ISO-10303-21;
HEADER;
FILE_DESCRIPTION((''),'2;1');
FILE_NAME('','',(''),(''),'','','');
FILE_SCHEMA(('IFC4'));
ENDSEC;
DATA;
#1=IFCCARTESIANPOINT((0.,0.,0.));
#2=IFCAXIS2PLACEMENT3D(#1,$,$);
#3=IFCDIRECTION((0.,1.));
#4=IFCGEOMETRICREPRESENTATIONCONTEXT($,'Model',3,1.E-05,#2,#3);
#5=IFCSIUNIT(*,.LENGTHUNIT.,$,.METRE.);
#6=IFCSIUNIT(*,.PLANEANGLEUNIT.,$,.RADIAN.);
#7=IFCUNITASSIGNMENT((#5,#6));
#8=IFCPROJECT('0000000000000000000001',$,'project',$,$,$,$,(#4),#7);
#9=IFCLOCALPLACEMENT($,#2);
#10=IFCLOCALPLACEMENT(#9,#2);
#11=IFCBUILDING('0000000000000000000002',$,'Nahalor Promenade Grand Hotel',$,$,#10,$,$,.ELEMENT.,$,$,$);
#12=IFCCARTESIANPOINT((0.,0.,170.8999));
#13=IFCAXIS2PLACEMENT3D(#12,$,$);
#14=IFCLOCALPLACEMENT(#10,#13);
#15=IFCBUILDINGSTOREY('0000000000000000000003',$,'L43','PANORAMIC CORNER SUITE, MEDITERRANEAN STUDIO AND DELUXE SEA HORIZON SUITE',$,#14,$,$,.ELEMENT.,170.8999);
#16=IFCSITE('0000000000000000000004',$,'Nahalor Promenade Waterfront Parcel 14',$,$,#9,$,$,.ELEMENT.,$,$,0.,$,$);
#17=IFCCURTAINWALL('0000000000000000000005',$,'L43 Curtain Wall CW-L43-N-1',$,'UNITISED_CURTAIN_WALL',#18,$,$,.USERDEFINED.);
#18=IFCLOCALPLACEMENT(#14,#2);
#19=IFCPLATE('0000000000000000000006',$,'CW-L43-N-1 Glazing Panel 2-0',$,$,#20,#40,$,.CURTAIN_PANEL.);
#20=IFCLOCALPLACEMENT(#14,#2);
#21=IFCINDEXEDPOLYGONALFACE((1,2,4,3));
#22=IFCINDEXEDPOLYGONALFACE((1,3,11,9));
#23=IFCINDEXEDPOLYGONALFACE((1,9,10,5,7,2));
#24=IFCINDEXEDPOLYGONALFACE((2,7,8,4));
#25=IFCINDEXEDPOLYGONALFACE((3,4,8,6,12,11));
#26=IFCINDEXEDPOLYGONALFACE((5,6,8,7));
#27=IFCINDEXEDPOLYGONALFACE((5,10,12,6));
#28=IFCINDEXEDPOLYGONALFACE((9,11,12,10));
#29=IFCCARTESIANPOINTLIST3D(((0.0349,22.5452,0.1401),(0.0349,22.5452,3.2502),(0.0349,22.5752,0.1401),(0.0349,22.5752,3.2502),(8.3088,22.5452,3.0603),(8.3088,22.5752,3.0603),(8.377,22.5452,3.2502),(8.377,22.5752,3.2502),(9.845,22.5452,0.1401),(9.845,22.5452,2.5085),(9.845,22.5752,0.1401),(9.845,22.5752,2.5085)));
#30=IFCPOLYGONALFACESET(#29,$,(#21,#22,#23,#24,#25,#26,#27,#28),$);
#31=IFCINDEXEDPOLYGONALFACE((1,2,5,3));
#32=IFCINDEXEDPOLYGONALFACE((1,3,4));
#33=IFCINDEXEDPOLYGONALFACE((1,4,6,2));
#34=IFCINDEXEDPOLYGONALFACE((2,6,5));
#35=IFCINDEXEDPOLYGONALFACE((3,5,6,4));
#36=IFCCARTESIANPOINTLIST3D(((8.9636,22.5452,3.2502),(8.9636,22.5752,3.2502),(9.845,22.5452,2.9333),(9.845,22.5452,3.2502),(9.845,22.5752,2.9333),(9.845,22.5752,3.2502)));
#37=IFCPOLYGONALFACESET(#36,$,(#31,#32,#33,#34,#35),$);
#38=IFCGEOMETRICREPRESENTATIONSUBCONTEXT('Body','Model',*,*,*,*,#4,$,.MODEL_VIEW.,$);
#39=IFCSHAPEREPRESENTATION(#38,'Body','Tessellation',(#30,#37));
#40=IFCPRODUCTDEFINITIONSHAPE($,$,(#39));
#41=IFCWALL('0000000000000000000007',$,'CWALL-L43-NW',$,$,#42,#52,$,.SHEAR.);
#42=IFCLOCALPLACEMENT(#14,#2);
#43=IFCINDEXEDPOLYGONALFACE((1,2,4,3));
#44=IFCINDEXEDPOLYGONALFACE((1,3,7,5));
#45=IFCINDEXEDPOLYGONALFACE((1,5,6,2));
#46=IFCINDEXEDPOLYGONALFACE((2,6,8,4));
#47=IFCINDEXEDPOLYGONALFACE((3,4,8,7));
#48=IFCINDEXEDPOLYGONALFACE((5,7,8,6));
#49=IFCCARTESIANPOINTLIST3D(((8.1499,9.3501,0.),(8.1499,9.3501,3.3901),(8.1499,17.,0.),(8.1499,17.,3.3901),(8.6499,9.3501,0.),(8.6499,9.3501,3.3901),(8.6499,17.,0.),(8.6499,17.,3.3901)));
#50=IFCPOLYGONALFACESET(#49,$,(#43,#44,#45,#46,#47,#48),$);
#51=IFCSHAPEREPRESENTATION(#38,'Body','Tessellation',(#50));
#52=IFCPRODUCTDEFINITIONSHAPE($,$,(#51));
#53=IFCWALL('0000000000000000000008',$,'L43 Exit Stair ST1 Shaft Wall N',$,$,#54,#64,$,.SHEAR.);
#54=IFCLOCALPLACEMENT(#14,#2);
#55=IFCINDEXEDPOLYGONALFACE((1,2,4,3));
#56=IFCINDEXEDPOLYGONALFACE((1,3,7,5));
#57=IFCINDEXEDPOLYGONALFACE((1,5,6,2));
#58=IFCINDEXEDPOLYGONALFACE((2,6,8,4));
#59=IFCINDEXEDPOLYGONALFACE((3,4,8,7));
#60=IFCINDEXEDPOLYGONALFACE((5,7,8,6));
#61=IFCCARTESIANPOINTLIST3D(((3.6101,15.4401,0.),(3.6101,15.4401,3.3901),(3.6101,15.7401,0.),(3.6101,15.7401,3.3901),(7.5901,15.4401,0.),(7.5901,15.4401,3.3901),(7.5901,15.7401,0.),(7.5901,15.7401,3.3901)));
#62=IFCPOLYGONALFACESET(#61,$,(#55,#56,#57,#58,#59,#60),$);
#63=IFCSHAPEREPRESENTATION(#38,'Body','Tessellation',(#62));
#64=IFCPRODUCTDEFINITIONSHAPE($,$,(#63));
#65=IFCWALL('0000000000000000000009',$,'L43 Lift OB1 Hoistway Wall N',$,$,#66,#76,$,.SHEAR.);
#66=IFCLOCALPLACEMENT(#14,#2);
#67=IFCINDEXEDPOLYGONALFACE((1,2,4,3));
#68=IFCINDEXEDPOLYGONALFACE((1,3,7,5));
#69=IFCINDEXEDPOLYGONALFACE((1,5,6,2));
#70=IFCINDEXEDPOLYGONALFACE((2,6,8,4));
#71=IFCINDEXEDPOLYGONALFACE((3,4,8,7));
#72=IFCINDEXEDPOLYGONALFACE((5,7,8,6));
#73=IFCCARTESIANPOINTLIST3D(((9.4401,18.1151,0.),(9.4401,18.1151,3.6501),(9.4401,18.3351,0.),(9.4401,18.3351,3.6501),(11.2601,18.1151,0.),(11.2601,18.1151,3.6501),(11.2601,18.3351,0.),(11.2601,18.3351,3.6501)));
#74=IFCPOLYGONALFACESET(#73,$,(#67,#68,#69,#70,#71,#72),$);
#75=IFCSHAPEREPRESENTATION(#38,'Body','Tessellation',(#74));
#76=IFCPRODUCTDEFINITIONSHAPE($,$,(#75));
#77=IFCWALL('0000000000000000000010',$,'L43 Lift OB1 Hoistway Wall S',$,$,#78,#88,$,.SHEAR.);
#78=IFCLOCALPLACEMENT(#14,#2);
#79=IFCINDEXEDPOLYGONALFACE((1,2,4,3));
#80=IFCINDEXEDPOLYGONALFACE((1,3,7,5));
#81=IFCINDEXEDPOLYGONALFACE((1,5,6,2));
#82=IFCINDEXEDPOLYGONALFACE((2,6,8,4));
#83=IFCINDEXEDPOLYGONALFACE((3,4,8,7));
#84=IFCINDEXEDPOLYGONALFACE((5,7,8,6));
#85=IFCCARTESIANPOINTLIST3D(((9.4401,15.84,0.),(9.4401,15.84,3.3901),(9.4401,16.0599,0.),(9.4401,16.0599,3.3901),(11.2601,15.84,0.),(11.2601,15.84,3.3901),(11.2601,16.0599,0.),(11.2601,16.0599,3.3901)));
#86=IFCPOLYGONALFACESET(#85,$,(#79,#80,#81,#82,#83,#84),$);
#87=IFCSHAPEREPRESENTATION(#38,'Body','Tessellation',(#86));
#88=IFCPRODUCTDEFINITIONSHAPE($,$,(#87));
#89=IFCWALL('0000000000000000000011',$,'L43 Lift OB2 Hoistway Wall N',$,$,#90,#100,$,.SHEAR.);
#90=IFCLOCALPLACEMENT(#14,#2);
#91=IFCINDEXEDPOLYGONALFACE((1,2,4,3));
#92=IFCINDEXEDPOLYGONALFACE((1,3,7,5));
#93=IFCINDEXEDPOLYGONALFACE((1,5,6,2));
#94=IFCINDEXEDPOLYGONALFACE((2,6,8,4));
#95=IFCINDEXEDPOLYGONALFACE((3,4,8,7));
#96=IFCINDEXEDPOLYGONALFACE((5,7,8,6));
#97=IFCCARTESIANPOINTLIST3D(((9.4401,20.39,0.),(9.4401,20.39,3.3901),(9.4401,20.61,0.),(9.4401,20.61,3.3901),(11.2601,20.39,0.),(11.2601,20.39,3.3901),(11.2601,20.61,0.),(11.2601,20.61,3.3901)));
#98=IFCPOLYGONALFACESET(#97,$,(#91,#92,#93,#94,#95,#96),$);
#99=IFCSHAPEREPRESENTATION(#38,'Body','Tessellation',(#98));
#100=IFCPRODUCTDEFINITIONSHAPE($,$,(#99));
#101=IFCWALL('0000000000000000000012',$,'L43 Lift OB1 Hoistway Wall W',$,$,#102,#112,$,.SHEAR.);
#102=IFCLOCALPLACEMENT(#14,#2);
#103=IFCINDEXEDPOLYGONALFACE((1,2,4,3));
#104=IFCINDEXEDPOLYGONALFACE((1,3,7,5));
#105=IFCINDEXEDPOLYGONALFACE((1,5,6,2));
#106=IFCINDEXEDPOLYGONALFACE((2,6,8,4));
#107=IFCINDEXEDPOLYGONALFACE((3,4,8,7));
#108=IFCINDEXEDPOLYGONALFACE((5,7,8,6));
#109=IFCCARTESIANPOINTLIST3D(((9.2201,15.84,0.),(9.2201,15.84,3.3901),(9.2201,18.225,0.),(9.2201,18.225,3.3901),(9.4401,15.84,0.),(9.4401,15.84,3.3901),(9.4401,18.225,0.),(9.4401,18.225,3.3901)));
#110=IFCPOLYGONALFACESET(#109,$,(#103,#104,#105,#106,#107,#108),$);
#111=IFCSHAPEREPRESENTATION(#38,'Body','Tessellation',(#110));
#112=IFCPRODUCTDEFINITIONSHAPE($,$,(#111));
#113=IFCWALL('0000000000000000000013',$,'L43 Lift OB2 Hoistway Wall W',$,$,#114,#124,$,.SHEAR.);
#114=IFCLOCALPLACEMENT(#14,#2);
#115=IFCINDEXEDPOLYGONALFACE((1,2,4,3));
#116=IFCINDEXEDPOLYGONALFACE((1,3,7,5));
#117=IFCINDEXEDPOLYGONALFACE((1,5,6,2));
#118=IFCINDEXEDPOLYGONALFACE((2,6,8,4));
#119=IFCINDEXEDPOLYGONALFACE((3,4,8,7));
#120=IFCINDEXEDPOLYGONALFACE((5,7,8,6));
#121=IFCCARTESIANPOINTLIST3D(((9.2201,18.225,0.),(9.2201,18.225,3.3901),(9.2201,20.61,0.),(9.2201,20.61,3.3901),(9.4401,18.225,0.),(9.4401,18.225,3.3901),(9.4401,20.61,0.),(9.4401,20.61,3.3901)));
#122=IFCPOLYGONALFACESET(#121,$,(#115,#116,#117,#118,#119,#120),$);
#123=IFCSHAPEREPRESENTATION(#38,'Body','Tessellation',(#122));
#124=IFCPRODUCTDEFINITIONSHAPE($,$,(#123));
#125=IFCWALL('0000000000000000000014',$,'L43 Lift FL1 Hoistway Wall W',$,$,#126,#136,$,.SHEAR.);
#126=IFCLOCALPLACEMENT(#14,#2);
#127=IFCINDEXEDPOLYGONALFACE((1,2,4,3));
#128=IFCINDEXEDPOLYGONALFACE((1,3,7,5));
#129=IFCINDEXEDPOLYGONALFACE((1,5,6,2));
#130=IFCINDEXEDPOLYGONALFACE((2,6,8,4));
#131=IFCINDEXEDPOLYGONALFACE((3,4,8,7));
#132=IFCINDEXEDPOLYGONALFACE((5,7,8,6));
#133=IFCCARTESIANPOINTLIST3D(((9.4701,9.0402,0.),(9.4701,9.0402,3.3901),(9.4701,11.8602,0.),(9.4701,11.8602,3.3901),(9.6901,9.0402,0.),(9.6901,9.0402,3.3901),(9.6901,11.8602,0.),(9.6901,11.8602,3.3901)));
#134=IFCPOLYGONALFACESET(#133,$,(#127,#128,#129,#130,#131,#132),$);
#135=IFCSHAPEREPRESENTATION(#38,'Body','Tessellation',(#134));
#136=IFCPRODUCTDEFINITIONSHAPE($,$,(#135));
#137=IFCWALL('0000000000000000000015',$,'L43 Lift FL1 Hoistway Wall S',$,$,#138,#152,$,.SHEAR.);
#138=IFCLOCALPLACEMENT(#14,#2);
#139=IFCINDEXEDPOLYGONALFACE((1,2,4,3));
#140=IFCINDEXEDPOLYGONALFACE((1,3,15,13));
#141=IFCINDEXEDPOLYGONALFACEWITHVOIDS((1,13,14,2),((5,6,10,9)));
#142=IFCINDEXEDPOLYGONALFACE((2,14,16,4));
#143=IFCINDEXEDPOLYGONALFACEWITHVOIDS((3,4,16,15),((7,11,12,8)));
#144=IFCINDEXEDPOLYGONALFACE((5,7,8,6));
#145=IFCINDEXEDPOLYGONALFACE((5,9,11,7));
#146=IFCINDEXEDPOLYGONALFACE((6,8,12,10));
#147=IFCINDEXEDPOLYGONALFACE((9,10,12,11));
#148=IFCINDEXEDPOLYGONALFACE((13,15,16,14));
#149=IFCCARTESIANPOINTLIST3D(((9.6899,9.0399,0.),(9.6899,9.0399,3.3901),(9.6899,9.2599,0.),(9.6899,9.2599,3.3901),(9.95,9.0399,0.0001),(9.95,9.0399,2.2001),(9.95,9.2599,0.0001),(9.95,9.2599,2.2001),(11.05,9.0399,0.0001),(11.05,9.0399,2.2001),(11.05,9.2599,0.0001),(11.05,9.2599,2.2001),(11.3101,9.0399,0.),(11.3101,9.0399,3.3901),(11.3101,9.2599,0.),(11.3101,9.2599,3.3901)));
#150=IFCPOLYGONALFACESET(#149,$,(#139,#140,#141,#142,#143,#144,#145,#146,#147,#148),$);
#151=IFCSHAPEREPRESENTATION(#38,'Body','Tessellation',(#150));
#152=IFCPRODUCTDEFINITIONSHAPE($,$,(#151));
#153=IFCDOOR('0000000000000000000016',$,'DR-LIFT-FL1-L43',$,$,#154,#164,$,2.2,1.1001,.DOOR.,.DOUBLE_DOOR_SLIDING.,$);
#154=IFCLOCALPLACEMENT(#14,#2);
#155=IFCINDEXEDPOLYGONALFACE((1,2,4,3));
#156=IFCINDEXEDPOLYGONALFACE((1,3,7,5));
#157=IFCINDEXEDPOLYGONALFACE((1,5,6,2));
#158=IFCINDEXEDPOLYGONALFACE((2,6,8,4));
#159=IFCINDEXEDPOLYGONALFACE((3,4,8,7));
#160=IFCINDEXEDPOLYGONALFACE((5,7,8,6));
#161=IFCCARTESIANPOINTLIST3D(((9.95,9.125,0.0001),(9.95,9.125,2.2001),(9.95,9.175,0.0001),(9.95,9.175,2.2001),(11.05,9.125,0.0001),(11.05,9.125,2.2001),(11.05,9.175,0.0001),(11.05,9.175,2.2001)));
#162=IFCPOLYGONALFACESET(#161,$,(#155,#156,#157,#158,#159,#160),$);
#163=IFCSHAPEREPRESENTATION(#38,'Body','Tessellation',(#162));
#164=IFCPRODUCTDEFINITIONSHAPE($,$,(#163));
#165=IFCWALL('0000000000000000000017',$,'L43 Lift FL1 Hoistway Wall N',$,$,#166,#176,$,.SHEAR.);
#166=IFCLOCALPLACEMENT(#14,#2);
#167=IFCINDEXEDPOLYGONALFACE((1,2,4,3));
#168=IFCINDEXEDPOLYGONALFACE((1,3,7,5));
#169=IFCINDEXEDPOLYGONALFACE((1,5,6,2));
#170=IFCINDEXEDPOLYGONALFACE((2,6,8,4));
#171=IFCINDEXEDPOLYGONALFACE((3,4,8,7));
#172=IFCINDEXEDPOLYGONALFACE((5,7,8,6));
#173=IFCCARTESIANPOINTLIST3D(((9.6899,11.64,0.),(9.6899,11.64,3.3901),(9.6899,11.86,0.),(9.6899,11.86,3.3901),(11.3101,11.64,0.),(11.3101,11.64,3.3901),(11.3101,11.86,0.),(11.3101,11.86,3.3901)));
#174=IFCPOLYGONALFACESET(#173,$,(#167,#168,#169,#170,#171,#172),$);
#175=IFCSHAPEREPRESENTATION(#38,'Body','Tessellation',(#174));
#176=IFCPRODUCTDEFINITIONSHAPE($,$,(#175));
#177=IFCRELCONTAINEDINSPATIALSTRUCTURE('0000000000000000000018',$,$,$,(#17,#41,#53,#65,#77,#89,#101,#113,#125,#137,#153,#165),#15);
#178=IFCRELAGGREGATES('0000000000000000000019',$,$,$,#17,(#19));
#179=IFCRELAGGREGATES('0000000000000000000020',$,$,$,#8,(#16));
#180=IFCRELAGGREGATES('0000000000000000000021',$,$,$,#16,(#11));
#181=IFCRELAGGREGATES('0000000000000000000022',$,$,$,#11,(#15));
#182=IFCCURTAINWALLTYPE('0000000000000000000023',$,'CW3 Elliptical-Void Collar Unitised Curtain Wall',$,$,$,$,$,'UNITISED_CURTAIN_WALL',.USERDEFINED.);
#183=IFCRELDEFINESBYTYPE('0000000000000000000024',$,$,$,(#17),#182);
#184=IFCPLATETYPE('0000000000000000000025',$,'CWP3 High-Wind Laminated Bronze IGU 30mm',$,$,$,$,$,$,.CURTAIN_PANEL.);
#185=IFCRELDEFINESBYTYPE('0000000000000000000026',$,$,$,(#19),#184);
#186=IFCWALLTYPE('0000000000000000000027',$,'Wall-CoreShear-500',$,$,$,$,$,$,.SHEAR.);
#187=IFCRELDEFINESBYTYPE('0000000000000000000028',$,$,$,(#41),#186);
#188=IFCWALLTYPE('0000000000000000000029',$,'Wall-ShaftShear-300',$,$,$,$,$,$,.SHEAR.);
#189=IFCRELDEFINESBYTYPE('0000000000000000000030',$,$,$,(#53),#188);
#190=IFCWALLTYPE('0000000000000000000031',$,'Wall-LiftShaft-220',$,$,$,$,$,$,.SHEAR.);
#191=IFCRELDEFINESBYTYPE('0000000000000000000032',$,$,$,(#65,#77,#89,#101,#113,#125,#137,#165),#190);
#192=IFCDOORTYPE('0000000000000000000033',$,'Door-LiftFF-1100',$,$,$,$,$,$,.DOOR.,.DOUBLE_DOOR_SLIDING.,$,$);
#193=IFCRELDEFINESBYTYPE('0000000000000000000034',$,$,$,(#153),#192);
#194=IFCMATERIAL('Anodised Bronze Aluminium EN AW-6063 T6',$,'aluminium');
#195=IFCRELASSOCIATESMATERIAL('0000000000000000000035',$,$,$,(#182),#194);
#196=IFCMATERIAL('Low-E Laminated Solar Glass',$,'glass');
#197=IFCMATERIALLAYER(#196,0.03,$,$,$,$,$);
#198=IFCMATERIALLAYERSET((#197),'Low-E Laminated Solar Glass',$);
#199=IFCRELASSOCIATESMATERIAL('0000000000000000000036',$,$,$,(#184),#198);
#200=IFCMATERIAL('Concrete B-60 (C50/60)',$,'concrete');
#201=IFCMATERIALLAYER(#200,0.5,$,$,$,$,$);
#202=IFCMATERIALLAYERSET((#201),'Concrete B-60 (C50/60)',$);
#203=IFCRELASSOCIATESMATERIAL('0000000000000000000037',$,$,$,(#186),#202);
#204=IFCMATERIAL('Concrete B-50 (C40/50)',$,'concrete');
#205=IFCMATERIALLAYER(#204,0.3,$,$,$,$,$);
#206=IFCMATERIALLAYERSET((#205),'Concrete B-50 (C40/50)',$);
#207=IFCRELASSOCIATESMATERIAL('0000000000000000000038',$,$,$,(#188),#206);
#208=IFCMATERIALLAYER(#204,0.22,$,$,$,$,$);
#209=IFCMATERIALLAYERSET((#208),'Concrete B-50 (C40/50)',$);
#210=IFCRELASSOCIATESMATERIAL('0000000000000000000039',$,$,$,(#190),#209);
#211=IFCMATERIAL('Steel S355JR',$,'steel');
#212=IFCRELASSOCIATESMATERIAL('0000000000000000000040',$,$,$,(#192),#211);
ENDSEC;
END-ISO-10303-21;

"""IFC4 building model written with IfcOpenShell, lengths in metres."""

from ifc_helpers import new_model, si_unit, direction, frame, frame_2d, origin, place, context, subcontext, project, spatial, polyline, rectangle, outline, extrude, source, transform, mapped, material, layer, layer_set, type_object, element, fill, aggregate, save


model = new_model("IFC4")

# Units and contexts
model_context = context("Model", 3, precision=1e-05, world=origin(), true_north=direction((0.0, 1.0)))
body_context = subcontext(model_context, "Body", "Model", "MODEL_VIEW")
ifc_project = project(units=[si_unit("LENGTHUNIT", "METRE"), si_unit("PLANEANGLEUNIT", "RADIAN")], contexts=[model_context])

# Site, building, storey
site_placement = place(None, origin())
site = spatial("IfcSite", under=ifc_project, at=site_placement, Name="Nahalor Promenade Waterfront Parcel 14", CompositionType="ELEMENT", RefElevation=0.0)
building_placement = place(site_placement, origin())
building = spatial("IfcBuilding", under=site, at=building_placement, Name="Nahalor Promenade Grand Hotel", CompositionType="ELEMENT")
storey_placement = place(building_placement, frame((0.0, 0.0, 170.8999)))
storey = spatial("IfcBuildingStorey", under=building, at=storey_placement, Name="L43", Description="PANORAMIC CORNER SUITE, MEDITERRANEAN STUDIO AND DELUXE SEA HORIZON SUITE", CompositionType="ELEMENT", Elevation=170.8999)

# Shared definitions
ifc_material_1 = material(Name="Concrete B-60 (C50/60)", Category="concrete")

# Shared definitions
ifc_material_2 = material(Name="Steel S355JR", Category="steel")

# Curtain wall, plate
ifc_material_3 = material(Name="Anodised Bronze Aluminium EN AW-6063 T6", Category="aluminium")
curtain_wall_type = type_object("IfcCurtainWallType", Name="CW3 Elliptical-Void Collar Unitised Curtain Wall", ElementType="UNITISED_CURTAIN_WALL", PredefinedType="USERDEFINED", material=ifc_material_3)
curtain_wall_placement = place(storey_placement, origin())
curtain_wall = element("IfcCurtainWall", 1, at=curtain_wall_placement, inside=storey, type_object=curtain_wall_type, Name="L43 Curtain Wall CW-L43-N-1", ObjectType="UNITISED_CURTAIN_WALL", PredefinedType="USERDEFINED")
ifc_material_4 = material(Name="Low-E Laminated Solar Glass", Category="glass")
ifc_layer_1 = layer(ifc_material_4, 0.03)
ifc_layer_set_1 = layer_set([ifc_layer_1], Name="Low-E Laminated Solar Glass")
plate_type = type_object("IfcPlateType", Name="CWP3 High-Wind Laminated Bronze IGU 30mm", PredefinedType="CURTAIN_PANEL", material=ifc_layer_set_1)
plate_placement = place(storey_placement, frame((4.9399, 22.5601, 0.1401), z_axis=(0.0, 0.0, 1.0), x_axis=(1.0, 0.0, 0.0)))
plate = element("IfcPlate", 2, at=plate_placement, type_object=plate_type, Name="CW-L43-N-1 Glazing Panel 2-0", PredefinedType="CURTAIN_PANEL", context=body_context, shape_type="SweptSolid", body=[
    extrude(outline(polyline([(-4.905, 0.0), (4.905, 0.0), (4.905, 2.3684), (3.3689, 2.9202), (3.437, 3.1101), (-4.905, 3.1101), (-4.905, 0.0)])), frame((0.0, 0.0151, 0.0), z_axis=(0.0, -1.0, 0.0), x_axis=(1.0, 0.0, 0.0)), (0.0, 0.0, 1.0), 0.03),
    extrude(outline(polyline([(4.905, 2.7932), (4.905, 3.1101), (4.0237, 3.1101), (4.905, 2.7932)])), frame((0.0, 0.0151, 0.0), z_axis=(0.0, -1.0, 0.0), x_axis=(1.0, 0.0, 0.0)), (0.0, 0.0, 1.0), 0.03),
])
aggregate(curtain_wall, [plate])

# Walls
ifc_layer_2 = layer(ifc_material_1, 0.5)
ifc_layer_set_2 = layer_set([ifc_layer_2], Name="Concrete B-60 (C50/60)")
wall_type_1 = type_object("IfcWallType", Name="Wall-CoreShear-500", PredefinedType="SHEAR", material=ifc_layer_set_2)
shared_shape_1 = source(origin(), body_context, "Body", "SweptSolid", [
    extrude(rectangle(XDim=7.6499, YDim=0.5, at=frame_2d((3.825, 0.0))), origin(), (0.0, 0.0, 1.0), 3.3901),
])
wall_1_placement = place(storey_placement, frame((8.3999, 9.3501, 0.0), z_axis=(0.0, 0.0, 1.0), x_axis=(0.0, 1.0, 0.0)))
element("IfcWall", 3, at=wall_1_placement, inside=storey, type_object=wall_type_1, Name="CWALL-L43-NW", PredefinedType="SHEAR", context=body_context, shape_type="MappedRepresentation", body=[
    mapped(shared_shape_1, transform((0.0, 0.0, 0.0), scale=1.0)),
])
ifc_material_5 = material(Name="Concrete B-50 (C40/50)", Category="concrete")
ifc_layer_3 = layer(ifc_material_5, 0.3)
ifc_layer_set_3 = layer_set([ifc_layer_3], Name="Concrete B-50 (C40/50)")
wall_type_2 = type_object("IfcWallType", Name="Wall-ShaftShear-300", PredefinedType="SHEAR", material=ifc_layer_set_3)
shared_shape_2 = source(origin(), body_context, "Body", "SweptSolid", [
    extrude(rectangle(XDim=3.98, YDim=0.3, at=frame_2d((1.99, 0.0))), origin(), (0.0, 0.0, 1.0), 3.3901),
])
wall_2_placement = place(storey_placement, frame((3.6101, 15.5901, 0.0), z_axis=(0.0, 0.0, 1.0), x_axis=(1.0, 0.0, 0.0)))
element("IfcWall", 4, at=wall_2_placement, inside=storey, type_object=wall_type_2, Name="L43 Exit Stair ST1 Shaft Wall N", PredefinedType="SHEAR", context=body_context, shape_type="MappedRepresentation", body=[
    mapped(shared_shape_2, transform((0.0, 0.0, 0.0), scale=1.0)),
])
ifc_layer_4 = layer(ifc_material_5, 0.22)
ifc_layer_set_4 = layer_set([ifc_layer_4], Name="Concrete B-50 (C40/50)")
wall_type_3 = type_object("IfcWallType", Name="Wall-LiftShaft-220", PredefinedType="SHEAR", material=ifc_layer_set_4)
shared_shape_3 = source(origin(), body_context, "Body", "SweptSolid", [
    extrude(rectangle(XDim=1.8201, YDim=0.22, at=frame_2d((0.9102, 0.0))), origin(), (0.0, 0.0, 1.0), 3.6501),
])
wall_3_placement = place(storey_placement, frame((9.4399, 18.2251, 0.0), z_axis=(0.0, 0.0, 1.0), x_axis=(1.0, 0.0, 0.0)))
element("IfcWall", 5, at=wall_3_placement, inside=storey, type_object=wall_type_3, Name="L43 Lift OB1 Hoistway Wall N", PredefinedType="SHEAR", context=body_context, shape_type="MappedRepresentation", body=[
    mapped(shared_shape_3, transform((0.0, 0.0, 0.0), scale=1.0)),
])
shared_shape_4 = source(origin(), body_context, "Body", "SweptSolid", [
    extrude(rectangle(XDim=1.8201, YDim=0.22, at=frame_2d((0.9102, 0.0))), origin(), (0.0, 0.0, 1.0), 3.3901),
])
for number, where, z_axis, x_axis, name in (
    (6, (9.4399, 15.95, 0.0), (0.0, 0.0, 1.0), (1.0, 0.0, 0.0), "L43 Lift OB1 Hoistway Wall S"),
    (7, (9.4399, 20.5, 0.0), (0.0, 0.0, 1.0), (1.0, 0.0, 0.0), "L43 Lift OB2 Hoistway Wall N"),
):
    element("IfcWall", number, at=place(storey_placement, frame(where, z_axis=z_axis, x_axis=x_axis)), inside=storey, type_object=wall_type_3, Name=name, PredefinedType="SHEAR", context=body_context, shape_type="MappedRepresentation", body=[
        mapped(shared_shape_4, transform((0.0, 0.0, 0.0), scale=1.0)),
    ])
shared_shape_5 = source(origin(), body_context, "Body", "SweptSolid", [
    extrude(rectangle(XDim=2.385, YDim=0.22, at=frame_2d((1.1924, 0.0))), origin(), (0.0, 0.0, 1.0), 3.3901),
])
for number, where, z_axis, x_axis, name in (
    (8, (9.3301, 15.8401, 0.0), (0.0, 0.0, 1.0), (0.0, 1.0, 0.0), "L43 Lift OB1 Hoistway Wall W"),
    (9, (9.3301, 18.2251, 0.0), (0.0, 0.0, 1.0), (0.0, 1.0, 0.0), "L43 Lift OB2 Hoistway Wall W"),
):
    element("IfcWall", number, at=place(storey_placement, frame(where, z_axis=z_axis, x_axis=x_axis)), inside=storey, type_object=wall_type_3, Name=name, PredefinedType="SHEAR", context=body_context, shape_type="MappedRepresentation", body=[
        mapped(shared_shape_5, transform((0.0, 0.0, 0.0), scale=1.0)),
    ])
shared_shape_6 = source(origin(), body_context, "Body", "SweptSolid", [
    extrude(rectangle(XDim=2.8201, YDim=0.22, at=frame_2d((1.4102, 0.0))), origin(), (0.0, 0.0, 1.0), 3.3901),
])
wall_4_placement = place(storey_placement, frame((9.5801, 9.04, 0.0), z_axis=(0.0, 0.0, 1.0), x_axis=(0.0, 1.0, 0.0)))
element("IfcWall", 10, at=wall_4_placement, inside=storey, type_object=wall_type_3, Name="L43 Lift FL1 Hoistway Wall W", PredefinedType="SHEAR", context=body_context, shape_type="MappedRepresentation", body=[
    mapped(shared_shape_6, transform((0.0, 0.0, 0.0), scale=1.0)),
])

# Wall, opening, door
shared_shape_7 = source(origin(), body_context, "Body", "SweptSolid", [
    extrude(rectangle(XDim=1.6201, YDim=0.22, at=frame_2d((0.8101, 0.0))), origin(), (0.0, 0.0, 1.0), 3.3901),
])
wall_5_placement = place(storey_placement, frame((9.6899, 9.1499, 0.0), z_axis=(0.0, 0.0, 1.0), x_axis=(1.0, 0.0, 0.0)))
wall_5 = element("IfcWall", 11, at=wall_5_placement, inside=storey, type_object=wall_type_3, Name="L43 Lift FL1 Hoistway Wall S", PredefinedType="SHEAR", context=body_context, shape_type="MappedRepresentation", body=[
    mapped(shared_shape_7, transform((0.0, 0.0, 0.0), scale=1.0)),
])
opening_1_placement = place(wall_5_placement, frame((0.26, 0.0, 0.0)))
opening_1 = element("IfcOpeningElement", 12, at=opening_1_placement, cuts=wall_5, PredefinedType="OPENING", context=body_context, shape_type="SweptSolid", body=[
    extrude(rectangle(XDim=1.1001, YDim=2.2, at=frame_2d((0.55, 1.1001))), frame((0.0, 0.1199, 0.0), z_axis=(0.0, -1.0, 0.0), x_axis=(1.0, 0.0, 0.0)), (0.0, 0.0, 1.0), 0.24),
])
door_type_1 = type_object("IfcDoorType", Name="Door-LiftFF-1100", OperationType="DOUBLE_DOOR_SLIDING", PredefinedType="DOOR", material=ifc_material_2)
shared_shape_8 = source(origin(), body_context, "Body", "SweptSolid", [
    extrude(rectangle(XDim=1.1001, YDim=2.2, at=frame_2d((0.55, 1.1001))), frame((0.0, 0.0249, 0.0), z_axis=(0.0, -1.0, 0.0), x_axis=(1.0, 0.0, 0.0)), (0.0, 0.0, 1.0), 0.05),
])
door_1_placement = place(opening_1_placement, frame((1.1001, 0.0, 0.0), z_axis=(0.0, 0.0, 1.0), x_axis=(-1.0, 0.0, 0.0)))
door_1 = element("IfcDoor", 13, at=door_1_placement, inside=storey, type_object=door_type_1, Name="DR-LIFT-FL1-L43", OperationType="DOUBLE_DOOR_SLIDING", OverallHeight=2.2, OverallWidth=1.1001, PredefinedType="DOOR", context=body_context, shape_type="MappedRepresentation", body=[
    mapped(shared_shape_8, transform((0.0, 0.0, 0.0), scale=1.0)),
])
fill(opening_1, door_1)

# Wall
wall_6_placement = place(storey_placement, frame((9.6899, 11.75, 0.0), z_axis=(0.0, 0.0, 1.0), x_axis=(1.0, 0.0, 0.0)))
element("IfcWall", 14, at=wall_6_placement, inside=storey, type_object=wall_type_3, Name="L43 Lift FL1 Hoistway Wall N", PredefinedType="SHEAR", context=body_context, shape_type="MappedRepresentation", body=[
    mapped(shared_shape_7, transform((0.0, 0.0, 0.0), scale=1.0)),
])

save(model, "model.ifc")
